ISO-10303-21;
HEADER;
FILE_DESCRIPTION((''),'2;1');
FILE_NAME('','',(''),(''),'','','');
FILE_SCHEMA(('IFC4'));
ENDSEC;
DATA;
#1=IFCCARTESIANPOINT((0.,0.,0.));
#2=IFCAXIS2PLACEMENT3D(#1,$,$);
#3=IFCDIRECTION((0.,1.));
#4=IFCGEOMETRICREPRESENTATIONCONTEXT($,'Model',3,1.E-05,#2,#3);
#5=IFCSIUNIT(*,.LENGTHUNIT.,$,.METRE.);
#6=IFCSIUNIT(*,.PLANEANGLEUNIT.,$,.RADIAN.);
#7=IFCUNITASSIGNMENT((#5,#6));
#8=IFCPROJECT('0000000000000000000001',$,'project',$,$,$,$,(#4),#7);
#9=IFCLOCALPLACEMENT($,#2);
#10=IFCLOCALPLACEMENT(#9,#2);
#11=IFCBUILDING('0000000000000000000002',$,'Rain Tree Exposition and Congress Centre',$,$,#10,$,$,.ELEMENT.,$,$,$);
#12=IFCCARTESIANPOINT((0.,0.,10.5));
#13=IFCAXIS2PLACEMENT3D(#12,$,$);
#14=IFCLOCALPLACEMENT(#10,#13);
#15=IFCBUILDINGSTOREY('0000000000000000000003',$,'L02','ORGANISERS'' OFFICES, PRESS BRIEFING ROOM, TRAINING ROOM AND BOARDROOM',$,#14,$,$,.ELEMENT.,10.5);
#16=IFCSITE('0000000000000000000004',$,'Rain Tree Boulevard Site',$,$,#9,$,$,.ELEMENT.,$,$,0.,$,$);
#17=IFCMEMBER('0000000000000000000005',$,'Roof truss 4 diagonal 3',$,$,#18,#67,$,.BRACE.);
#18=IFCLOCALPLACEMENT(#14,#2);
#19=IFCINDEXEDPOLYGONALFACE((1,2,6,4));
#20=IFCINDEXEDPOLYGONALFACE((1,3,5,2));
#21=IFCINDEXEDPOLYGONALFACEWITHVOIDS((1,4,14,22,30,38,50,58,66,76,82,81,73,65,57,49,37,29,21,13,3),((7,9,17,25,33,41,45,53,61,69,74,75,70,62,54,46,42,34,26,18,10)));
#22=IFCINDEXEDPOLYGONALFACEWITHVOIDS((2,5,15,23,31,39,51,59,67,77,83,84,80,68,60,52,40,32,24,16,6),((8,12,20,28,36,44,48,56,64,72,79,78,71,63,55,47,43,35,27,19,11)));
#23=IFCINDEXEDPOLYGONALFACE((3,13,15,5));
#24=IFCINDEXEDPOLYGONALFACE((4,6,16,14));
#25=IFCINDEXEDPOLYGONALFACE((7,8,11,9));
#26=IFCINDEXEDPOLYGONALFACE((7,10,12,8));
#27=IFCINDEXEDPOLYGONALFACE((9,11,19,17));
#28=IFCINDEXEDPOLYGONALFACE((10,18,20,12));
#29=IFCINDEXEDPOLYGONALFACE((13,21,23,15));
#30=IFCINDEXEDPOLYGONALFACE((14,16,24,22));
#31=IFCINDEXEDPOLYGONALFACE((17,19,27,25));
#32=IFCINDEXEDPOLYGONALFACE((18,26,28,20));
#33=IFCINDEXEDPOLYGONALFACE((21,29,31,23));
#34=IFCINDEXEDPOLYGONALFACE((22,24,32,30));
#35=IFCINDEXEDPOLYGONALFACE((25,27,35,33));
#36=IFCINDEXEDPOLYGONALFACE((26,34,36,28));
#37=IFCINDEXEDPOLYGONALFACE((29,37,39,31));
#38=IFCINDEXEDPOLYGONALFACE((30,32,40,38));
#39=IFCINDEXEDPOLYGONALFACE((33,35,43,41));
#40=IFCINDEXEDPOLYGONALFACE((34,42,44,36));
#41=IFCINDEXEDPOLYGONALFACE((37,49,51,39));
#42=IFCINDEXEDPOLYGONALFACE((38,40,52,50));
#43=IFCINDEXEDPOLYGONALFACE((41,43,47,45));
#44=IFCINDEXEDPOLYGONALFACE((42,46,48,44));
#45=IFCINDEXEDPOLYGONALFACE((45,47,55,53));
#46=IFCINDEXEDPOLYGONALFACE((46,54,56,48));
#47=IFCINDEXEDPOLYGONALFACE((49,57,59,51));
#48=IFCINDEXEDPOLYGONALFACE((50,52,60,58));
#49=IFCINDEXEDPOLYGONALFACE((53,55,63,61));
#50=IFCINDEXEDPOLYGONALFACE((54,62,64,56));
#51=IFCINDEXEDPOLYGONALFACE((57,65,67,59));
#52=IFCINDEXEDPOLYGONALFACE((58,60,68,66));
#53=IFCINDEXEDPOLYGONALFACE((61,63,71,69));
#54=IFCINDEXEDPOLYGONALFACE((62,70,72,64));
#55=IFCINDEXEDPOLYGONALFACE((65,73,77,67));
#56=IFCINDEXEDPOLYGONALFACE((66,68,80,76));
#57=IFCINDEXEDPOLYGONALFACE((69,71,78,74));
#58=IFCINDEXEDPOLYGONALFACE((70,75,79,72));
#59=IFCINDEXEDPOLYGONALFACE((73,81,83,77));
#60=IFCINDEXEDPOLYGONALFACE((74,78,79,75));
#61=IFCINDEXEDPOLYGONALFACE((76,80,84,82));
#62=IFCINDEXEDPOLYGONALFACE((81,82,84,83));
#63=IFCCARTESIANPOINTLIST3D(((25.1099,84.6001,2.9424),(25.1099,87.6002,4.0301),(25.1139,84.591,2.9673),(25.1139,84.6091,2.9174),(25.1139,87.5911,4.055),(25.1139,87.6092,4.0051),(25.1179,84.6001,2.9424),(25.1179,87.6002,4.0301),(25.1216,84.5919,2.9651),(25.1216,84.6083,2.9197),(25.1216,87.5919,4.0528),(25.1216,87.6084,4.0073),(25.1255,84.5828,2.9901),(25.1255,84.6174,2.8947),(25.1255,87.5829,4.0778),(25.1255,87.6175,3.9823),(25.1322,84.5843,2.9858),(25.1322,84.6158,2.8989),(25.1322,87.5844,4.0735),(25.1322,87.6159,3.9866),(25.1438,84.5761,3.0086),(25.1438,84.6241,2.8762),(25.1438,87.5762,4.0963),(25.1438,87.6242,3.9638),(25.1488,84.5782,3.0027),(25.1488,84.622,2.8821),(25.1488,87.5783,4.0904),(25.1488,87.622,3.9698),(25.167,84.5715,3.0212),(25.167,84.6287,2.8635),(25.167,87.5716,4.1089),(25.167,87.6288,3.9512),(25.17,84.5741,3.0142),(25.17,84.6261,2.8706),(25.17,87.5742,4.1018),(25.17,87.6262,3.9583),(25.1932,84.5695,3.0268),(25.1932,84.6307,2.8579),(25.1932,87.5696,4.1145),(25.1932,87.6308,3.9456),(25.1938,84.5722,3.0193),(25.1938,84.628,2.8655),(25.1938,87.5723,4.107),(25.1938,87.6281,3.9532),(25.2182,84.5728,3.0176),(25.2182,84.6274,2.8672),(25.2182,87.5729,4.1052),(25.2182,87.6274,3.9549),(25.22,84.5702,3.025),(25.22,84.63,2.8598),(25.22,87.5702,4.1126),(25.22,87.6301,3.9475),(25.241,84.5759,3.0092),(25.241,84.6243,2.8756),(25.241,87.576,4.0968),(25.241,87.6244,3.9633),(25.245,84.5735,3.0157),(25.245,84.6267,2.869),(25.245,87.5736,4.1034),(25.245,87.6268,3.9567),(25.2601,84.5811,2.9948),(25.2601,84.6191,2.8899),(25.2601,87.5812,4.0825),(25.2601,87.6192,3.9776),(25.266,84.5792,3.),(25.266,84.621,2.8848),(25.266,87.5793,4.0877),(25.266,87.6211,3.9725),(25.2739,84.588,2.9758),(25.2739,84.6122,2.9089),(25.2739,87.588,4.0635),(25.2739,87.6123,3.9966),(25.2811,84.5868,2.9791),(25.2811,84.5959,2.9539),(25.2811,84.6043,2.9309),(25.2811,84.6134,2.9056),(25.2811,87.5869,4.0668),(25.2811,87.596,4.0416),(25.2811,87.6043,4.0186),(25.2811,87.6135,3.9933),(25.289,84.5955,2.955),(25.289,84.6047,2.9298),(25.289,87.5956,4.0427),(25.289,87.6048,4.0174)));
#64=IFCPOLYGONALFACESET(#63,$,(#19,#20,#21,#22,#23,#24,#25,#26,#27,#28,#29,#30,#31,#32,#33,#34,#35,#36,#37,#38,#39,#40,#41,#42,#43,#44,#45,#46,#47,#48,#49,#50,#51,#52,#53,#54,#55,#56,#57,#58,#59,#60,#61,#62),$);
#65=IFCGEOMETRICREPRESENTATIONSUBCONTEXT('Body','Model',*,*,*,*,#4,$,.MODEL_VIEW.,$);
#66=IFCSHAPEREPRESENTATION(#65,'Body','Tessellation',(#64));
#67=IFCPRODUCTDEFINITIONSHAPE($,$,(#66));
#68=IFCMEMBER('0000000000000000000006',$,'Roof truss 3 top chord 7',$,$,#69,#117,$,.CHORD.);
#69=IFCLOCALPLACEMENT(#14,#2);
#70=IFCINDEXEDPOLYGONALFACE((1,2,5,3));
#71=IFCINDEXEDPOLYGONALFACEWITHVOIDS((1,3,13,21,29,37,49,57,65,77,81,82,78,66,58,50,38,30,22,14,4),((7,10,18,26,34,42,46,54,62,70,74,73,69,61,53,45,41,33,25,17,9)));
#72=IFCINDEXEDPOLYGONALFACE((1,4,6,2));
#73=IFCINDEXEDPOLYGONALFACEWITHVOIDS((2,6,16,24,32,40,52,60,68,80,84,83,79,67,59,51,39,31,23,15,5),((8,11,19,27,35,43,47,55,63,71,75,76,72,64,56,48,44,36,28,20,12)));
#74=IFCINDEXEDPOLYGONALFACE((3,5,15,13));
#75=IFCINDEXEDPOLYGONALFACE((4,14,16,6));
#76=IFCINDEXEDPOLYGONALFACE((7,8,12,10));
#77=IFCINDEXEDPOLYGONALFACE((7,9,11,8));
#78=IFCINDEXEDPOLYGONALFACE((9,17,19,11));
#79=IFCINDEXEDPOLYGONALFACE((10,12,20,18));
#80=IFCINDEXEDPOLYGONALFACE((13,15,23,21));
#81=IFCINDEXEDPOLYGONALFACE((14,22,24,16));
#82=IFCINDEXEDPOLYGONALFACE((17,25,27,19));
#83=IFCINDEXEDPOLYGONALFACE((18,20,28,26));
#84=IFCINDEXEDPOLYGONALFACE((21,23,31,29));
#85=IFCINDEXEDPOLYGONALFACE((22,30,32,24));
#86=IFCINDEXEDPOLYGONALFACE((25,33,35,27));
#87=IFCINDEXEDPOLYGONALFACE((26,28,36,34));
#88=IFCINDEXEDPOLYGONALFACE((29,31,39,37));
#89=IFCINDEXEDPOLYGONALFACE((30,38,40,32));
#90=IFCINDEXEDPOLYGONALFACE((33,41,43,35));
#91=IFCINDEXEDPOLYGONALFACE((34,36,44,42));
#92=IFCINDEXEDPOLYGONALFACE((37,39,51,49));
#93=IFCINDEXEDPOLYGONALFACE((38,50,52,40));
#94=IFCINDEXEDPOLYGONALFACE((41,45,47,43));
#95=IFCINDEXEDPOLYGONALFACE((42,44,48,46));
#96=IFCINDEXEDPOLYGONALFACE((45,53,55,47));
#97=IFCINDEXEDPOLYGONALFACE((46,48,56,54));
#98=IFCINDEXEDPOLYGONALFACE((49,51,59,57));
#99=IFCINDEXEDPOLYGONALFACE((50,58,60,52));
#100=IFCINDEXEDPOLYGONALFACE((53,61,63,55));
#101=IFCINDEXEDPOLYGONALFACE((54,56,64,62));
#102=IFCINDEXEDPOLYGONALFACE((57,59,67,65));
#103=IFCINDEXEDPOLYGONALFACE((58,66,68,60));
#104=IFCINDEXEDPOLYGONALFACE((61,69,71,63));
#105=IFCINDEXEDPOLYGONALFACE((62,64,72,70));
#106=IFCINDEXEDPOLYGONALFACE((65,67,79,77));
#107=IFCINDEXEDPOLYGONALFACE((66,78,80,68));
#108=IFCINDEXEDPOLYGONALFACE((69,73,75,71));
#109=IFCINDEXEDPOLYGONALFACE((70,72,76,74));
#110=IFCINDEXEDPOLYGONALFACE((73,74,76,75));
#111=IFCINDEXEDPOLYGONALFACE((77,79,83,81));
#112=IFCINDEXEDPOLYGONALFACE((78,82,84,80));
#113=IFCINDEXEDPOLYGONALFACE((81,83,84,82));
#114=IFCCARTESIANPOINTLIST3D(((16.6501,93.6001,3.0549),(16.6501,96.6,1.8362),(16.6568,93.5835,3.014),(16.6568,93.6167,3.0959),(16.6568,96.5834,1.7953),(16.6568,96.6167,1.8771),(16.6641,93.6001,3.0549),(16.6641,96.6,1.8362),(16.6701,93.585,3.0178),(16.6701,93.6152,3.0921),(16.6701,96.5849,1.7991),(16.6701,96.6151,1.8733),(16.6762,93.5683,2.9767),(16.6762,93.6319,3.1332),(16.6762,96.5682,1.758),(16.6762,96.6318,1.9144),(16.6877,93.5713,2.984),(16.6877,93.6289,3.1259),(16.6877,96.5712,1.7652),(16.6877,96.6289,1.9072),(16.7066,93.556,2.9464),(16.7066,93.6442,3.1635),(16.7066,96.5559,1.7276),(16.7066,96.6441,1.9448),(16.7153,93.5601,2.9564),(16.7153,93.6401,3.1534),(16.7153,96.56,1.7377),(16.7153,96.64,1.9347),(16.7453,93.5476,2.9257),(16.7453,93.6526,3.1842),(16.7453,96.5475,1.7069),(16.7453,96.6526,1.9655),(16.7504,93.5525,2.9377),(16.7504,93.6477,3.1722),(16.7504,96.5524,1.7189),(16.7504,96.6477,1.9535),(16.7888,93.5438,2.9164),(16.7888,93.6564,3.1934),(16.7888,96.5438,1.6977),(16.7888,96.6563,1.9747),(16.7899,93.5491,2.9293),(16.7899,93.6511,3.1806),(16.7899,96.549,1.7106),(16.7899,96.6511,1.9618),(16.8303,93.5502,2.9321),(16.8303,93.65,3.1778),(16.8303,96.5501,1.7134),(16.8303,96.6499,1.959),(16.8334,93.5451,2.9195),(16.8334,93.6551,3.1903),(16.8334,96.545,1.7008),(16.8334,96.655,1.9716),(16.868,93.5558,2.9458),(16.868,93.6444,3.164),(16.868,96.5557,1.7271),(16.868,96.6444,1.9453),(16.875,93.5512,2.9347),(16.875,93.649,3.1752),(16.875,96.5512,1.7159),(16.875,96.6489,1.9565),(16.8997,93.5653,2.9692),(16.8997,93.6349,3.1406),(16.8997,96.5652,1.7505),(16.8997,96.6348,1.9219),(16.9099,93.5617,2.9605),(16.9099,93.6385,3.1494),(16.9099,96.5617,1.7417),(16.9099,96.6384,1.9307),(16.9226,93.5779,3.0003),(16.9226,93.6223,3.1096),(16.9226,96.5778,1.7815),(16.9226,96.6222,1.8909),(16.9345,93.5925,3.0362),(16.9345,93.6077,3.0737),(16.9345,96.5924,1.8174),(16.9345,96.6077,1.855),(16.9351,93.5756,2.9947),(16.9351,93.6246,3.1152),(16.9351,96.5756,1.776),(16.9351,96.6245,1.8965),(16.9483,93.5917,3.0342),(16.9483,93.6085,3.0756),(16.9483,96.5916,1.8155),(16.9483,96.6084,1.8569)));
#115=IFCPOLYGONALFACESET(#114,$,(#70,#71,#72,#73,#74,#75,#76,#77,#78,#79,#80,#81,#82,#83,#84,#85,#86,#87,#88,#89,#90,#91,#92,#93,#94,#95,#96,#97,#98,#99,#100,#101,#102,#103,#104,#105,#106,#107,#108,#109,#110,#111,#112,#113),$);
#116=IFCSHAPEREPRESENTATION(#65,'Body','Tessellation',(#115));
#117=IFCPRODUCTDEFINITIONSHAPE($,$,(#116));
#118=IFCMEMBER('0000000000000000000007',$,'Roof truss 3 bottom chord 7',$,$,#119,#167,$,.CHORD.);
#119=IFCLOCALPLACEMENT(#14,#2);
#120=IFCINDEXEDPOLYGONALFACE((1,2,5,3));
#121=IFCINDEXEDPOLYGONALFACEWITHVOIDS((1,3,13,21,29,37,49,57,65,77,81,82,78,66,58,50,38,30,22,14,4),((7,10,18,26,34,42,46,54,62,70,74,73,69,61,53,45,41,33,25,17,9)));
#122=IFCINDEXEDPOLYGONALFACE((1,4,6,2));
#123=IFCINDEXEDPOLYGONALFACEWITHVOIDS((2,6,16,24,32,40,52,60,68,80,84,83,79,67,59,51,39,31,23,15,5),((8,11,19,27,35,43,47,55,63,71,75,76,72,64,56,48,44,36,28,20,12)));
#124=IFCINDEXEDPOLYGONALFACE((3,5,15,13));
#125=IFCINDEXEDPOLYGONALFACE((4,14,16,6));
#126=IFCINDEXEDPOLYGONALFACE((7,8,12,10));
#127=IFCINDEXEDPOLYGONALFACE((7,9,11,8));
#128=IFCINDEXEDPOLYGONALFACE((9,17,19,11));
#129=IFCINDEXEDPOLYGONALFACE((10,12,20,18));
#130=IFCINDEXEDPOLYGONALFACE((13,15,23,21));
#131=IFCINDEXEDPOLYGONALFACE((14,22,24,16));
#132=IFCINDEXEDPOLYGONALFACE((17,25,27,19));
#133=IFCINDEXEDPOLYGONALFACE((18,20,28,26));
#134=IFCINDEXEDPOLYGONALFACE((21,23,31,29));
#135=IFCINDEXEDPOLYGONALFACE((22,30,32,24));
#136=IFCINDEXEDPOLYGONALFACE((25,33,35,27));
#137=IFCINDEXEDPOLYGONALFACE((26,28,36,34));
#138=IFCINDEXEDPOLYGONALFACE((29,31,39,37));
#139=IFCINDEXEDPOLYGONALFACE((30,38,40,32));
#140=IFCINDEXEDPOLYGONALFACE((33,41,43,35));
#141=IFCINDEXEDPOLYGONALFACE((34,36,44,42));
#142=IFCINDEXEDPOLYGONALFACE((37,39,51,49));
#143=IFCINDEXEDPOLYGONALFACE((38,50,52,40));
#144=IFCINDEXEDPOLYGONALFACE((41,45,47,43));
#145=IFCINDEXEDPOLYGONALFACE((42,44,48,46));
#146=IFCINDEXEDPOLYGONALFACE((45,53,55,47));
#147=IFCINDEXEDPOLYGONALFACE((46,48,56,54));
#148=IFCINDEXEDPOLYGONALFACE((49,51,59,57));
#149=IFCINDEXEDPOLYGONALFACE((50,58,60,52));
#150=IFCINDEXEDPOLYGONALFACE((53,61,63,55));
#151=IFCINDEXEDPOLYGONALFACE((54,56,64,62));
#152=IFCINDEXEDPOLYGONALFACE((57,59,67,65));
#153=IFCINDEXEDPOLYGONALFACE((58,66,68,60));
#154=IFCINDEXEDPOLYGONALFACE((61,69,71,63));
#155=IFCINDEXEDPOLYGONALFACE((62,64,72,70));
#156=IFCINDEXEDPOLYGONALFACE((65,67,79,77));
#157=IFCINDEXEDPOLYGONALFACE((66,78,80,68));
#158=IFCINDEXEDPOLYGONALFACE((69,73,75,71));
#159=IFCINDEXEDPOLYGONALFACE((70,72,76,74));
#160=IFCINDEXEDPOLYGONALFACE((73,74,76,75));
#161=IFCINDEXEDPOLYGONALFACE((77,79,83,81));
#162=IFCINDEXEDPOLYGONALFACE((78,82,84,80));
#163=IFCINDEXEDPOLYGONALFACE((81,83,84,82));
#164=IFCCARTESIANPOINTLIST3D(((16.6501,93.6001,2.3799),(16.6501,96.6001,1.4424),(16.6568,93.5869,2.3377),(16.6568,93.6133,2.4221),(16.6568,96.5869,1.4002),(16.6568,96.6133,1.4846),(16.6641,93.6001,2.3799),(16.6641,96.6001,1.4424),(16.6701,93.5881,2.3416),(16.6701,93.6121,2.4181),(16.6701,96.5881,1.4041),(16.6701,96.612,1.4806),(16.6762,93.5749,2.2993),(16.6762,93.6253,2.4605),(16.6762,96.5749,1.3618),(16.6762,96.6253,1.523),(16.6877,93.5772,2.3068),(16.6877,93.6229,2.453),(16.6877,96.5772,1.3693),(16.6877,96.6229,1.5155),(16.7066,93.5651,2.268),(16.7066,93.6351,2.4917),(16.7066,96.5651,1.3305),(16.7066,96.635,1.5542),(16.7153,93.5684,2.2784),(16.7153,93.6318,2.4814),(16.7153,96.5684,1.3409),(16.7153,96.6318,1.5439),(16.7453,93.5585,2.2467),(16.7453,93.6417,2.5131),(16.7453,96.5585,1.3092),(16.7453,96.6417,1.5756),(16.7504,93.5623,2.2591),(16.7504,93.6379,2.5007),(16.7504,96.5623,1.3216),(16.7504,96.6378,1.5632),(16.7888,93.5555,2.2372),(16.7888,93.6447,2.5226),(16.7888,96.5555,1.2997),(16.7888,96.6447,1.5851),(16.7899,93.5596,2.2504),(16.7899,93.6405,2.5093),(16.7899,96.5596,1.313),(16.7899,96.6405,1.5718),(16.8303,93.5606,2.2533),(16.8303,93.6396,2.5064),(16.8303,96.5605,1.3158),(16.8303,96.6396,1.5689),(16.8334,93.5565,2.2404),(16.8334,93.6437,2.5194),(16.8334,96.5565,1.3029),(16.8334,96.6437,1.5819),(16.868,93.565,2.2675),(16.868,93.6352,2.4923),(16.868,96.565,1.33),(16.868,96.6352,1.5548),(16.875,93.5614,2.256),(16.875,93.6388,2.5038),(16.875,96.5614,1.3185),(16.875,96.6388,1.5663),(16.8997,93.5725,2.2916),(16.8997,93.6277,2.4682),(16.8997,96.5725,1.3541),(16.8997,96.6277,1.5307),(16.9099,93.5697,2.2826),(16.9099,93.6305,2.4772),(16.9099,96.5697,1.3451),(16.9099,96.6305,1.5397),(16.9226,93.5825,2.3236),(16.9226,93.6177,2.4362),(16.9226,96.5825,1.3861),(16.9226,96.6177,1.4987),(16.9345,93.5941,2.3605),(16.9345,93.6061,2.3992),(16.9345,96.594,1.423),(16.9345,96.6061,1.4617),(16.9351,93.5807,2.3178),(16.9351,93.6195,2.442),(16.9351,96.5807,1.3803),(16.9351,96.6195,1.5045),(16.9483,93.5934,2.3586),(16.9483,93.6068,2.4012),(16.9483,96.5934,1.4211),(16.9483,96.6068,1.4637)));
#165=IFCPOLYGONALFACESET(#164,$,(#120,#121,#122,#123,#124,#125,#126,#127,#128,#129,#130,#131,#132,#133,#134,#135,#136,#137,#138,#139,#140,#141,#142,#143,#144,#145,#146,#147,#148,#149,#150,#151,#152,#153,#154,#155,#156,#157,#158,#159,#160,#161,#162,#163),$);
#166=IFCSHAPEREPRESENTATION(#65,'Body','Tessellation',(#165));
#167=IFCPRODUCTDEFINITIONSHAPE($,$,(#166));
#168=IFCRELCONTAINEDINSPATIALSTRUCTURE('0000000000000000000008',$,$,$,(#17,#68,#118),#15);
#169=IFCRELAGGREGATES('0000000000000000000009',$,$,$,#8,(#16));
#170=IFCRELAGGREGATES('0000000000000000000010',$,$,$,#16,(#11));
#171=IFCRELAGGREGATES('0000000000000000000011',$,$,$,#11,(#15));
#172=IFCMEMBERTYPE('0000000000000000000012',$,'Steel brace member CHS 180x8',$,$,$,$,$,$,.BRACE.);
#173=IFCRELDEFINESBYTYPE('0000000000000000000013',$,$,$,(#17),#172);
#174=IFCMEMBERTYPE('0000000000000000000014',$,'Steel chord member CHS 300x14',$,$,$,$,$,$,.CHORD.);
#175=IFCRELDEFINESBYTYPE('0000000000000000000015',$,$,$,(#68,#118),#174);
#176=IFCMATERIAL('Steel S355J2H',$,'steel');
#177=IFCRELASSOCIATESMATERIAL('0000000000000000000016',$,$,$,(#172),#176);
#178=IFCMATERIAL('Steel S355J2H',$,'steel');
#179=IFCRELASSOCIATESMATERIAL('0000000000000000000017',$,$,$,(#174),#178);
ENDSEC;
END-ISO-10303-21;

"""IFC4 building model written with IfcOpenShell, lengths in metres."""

from ifc_helpers import new_model, si_unit, direction, frame, origin, origin_2d, place, context, subcontext, project, spatial, hollow_circle, extrude, material, material_profile, profile_set, type_object, element, save


model = new_model("IFC4")

# Units and contexts
model_context = context("Model", 3, precision=1e-05, world=origin(), true_north=direction((0.0, 1.0)))
body_context = subcontext(model_context, "Body", "Model", "MODEL_VIEW")
ifc_project = project(units=[si_unit("LENGTHUNIT", "METRE"), si_unit("PLANEANGLEUNIT", "RADIAN")], contexts=[model_context])

# Site, building, storey
site_placement = place(None, origin())
site = spatial("IfcSite", under=ifc_project, at=site_placement, Name="Rain Tree Boulevard Site", CompositionType="ELEMENT", RefElevation=0.0)
building_placement = place(site_placement, origin())
building = spatial("IfcBuilding", under=site, at=building_placement, Name="Rain Tree Exposition and Congress Centre", CompositionType="ELEMENT")
storey_placement = place(building_placement, frame((0.0, 0.0, 10.5)))
storey = spatial("IfcBuildingStorey", under=building, at=storey_placement, Name="L02", Description="ORGANISERS' OFFICES, PRESS BRIEFING ROOM, TRAINING ROOM AND BOARDROOM", CompositionType="ELEMENT", Elevation=10.5)

# Members
ifc_material_1 = material(Name="Steel S355J2H", Category="steel")
ifc_material_profile_1 = material_profile(ifc_material_1, hollow_circle(Radius=0.0901, WallThickness=0.0081, at=origin_2d()), Name="CHS 180x8")
ifc_profile_set_1 = profile_set([ifc_material_profile_1], Name="Steel S355J2H")
member_type_1 = type_object("IfcMemberType", Name="Steel brace member CHS 180x8", PredefinedType="BRACE", material=ifc_profile_set_1)
member_1_placement = place(storey_placement, frame((25.2, 84.6001, 2.9424), z_axis=(0.0, 0.940121, 0.34084), x_axis=(-1.0, 0.0, 0.0)))
element("IfcMember", 1, at=member_1_placement, inside=storey, type_object=member_type_1, Name="Roof truss 4 diagonal 3", PredefinedType="BRACE", context=body_context, shape_type="SweptSolid", body=[
    extrude(hollow_circle(Radius=0.0901, WallThickness=0.0081, at=origin_2d()), origin(), (0.0, 0.0, 1.0), 3.1912),
])
ifc_material_2 = material(Name="Steel S355J2H", Category="steel")
ifc_material_profile_2 = material_profile(ifc_material_2, hollow_circle(Radius=0.1499, WallThickness=0.0139, at=origin_2d()), Name="CHS 300x14")
ifc_profile_set_2 = profile_set([ifc_material_profile_2], Name="Steel S355J2H")
member_type_2 = type_object("IfcMemberType", Name="Steel chord member CHS 300x14", PredefinedType="CHORD", material=ifc_profile_set_2)
member_2_placement = place(storey_placement, frame((16.8, 93.6001, 3.0549), z_axis=(0.0, 0.926467, -0.376377), x_axis=(-1.0, 0.0, 0.0)))
element("IfcMember", 2, at=member_2_placement, inside=storey, type_object=member_type_2, Name="Roof truss 3 top chord 7", PredefinedType="CHORD", context=body_context, shape_type="SweptSolid", body=[
    extrude(hollow_circle(Radius=0.1499, WallThickness=0.0139, at=origin_2d()), origin(), (0.0, 0.0, 1.0), 3.238),
])
member_3_placement = place(storey_placement, frame((16.8, 93.6001, 2.3799), z_axis=(0.0, 0.95448, -0.298275), x_axis=(-1.0, 0.0, 0.0)))
element("IfcMember", 3, at=member_3_placement, inside=storey, type_object=member_type_2, Name="Roof truss 3 bottom chord 7", PredefinedType="CHORD", context=body_context, shape_type="SweptSolid", body=[
    extrude(hollow_circle(Radius=0.1499, WallThickness=0.0139, at=origin_2d()), origin(), (0.0, 0.0, 1.0), 3.1431),
])

save(model, "model.ifc")
